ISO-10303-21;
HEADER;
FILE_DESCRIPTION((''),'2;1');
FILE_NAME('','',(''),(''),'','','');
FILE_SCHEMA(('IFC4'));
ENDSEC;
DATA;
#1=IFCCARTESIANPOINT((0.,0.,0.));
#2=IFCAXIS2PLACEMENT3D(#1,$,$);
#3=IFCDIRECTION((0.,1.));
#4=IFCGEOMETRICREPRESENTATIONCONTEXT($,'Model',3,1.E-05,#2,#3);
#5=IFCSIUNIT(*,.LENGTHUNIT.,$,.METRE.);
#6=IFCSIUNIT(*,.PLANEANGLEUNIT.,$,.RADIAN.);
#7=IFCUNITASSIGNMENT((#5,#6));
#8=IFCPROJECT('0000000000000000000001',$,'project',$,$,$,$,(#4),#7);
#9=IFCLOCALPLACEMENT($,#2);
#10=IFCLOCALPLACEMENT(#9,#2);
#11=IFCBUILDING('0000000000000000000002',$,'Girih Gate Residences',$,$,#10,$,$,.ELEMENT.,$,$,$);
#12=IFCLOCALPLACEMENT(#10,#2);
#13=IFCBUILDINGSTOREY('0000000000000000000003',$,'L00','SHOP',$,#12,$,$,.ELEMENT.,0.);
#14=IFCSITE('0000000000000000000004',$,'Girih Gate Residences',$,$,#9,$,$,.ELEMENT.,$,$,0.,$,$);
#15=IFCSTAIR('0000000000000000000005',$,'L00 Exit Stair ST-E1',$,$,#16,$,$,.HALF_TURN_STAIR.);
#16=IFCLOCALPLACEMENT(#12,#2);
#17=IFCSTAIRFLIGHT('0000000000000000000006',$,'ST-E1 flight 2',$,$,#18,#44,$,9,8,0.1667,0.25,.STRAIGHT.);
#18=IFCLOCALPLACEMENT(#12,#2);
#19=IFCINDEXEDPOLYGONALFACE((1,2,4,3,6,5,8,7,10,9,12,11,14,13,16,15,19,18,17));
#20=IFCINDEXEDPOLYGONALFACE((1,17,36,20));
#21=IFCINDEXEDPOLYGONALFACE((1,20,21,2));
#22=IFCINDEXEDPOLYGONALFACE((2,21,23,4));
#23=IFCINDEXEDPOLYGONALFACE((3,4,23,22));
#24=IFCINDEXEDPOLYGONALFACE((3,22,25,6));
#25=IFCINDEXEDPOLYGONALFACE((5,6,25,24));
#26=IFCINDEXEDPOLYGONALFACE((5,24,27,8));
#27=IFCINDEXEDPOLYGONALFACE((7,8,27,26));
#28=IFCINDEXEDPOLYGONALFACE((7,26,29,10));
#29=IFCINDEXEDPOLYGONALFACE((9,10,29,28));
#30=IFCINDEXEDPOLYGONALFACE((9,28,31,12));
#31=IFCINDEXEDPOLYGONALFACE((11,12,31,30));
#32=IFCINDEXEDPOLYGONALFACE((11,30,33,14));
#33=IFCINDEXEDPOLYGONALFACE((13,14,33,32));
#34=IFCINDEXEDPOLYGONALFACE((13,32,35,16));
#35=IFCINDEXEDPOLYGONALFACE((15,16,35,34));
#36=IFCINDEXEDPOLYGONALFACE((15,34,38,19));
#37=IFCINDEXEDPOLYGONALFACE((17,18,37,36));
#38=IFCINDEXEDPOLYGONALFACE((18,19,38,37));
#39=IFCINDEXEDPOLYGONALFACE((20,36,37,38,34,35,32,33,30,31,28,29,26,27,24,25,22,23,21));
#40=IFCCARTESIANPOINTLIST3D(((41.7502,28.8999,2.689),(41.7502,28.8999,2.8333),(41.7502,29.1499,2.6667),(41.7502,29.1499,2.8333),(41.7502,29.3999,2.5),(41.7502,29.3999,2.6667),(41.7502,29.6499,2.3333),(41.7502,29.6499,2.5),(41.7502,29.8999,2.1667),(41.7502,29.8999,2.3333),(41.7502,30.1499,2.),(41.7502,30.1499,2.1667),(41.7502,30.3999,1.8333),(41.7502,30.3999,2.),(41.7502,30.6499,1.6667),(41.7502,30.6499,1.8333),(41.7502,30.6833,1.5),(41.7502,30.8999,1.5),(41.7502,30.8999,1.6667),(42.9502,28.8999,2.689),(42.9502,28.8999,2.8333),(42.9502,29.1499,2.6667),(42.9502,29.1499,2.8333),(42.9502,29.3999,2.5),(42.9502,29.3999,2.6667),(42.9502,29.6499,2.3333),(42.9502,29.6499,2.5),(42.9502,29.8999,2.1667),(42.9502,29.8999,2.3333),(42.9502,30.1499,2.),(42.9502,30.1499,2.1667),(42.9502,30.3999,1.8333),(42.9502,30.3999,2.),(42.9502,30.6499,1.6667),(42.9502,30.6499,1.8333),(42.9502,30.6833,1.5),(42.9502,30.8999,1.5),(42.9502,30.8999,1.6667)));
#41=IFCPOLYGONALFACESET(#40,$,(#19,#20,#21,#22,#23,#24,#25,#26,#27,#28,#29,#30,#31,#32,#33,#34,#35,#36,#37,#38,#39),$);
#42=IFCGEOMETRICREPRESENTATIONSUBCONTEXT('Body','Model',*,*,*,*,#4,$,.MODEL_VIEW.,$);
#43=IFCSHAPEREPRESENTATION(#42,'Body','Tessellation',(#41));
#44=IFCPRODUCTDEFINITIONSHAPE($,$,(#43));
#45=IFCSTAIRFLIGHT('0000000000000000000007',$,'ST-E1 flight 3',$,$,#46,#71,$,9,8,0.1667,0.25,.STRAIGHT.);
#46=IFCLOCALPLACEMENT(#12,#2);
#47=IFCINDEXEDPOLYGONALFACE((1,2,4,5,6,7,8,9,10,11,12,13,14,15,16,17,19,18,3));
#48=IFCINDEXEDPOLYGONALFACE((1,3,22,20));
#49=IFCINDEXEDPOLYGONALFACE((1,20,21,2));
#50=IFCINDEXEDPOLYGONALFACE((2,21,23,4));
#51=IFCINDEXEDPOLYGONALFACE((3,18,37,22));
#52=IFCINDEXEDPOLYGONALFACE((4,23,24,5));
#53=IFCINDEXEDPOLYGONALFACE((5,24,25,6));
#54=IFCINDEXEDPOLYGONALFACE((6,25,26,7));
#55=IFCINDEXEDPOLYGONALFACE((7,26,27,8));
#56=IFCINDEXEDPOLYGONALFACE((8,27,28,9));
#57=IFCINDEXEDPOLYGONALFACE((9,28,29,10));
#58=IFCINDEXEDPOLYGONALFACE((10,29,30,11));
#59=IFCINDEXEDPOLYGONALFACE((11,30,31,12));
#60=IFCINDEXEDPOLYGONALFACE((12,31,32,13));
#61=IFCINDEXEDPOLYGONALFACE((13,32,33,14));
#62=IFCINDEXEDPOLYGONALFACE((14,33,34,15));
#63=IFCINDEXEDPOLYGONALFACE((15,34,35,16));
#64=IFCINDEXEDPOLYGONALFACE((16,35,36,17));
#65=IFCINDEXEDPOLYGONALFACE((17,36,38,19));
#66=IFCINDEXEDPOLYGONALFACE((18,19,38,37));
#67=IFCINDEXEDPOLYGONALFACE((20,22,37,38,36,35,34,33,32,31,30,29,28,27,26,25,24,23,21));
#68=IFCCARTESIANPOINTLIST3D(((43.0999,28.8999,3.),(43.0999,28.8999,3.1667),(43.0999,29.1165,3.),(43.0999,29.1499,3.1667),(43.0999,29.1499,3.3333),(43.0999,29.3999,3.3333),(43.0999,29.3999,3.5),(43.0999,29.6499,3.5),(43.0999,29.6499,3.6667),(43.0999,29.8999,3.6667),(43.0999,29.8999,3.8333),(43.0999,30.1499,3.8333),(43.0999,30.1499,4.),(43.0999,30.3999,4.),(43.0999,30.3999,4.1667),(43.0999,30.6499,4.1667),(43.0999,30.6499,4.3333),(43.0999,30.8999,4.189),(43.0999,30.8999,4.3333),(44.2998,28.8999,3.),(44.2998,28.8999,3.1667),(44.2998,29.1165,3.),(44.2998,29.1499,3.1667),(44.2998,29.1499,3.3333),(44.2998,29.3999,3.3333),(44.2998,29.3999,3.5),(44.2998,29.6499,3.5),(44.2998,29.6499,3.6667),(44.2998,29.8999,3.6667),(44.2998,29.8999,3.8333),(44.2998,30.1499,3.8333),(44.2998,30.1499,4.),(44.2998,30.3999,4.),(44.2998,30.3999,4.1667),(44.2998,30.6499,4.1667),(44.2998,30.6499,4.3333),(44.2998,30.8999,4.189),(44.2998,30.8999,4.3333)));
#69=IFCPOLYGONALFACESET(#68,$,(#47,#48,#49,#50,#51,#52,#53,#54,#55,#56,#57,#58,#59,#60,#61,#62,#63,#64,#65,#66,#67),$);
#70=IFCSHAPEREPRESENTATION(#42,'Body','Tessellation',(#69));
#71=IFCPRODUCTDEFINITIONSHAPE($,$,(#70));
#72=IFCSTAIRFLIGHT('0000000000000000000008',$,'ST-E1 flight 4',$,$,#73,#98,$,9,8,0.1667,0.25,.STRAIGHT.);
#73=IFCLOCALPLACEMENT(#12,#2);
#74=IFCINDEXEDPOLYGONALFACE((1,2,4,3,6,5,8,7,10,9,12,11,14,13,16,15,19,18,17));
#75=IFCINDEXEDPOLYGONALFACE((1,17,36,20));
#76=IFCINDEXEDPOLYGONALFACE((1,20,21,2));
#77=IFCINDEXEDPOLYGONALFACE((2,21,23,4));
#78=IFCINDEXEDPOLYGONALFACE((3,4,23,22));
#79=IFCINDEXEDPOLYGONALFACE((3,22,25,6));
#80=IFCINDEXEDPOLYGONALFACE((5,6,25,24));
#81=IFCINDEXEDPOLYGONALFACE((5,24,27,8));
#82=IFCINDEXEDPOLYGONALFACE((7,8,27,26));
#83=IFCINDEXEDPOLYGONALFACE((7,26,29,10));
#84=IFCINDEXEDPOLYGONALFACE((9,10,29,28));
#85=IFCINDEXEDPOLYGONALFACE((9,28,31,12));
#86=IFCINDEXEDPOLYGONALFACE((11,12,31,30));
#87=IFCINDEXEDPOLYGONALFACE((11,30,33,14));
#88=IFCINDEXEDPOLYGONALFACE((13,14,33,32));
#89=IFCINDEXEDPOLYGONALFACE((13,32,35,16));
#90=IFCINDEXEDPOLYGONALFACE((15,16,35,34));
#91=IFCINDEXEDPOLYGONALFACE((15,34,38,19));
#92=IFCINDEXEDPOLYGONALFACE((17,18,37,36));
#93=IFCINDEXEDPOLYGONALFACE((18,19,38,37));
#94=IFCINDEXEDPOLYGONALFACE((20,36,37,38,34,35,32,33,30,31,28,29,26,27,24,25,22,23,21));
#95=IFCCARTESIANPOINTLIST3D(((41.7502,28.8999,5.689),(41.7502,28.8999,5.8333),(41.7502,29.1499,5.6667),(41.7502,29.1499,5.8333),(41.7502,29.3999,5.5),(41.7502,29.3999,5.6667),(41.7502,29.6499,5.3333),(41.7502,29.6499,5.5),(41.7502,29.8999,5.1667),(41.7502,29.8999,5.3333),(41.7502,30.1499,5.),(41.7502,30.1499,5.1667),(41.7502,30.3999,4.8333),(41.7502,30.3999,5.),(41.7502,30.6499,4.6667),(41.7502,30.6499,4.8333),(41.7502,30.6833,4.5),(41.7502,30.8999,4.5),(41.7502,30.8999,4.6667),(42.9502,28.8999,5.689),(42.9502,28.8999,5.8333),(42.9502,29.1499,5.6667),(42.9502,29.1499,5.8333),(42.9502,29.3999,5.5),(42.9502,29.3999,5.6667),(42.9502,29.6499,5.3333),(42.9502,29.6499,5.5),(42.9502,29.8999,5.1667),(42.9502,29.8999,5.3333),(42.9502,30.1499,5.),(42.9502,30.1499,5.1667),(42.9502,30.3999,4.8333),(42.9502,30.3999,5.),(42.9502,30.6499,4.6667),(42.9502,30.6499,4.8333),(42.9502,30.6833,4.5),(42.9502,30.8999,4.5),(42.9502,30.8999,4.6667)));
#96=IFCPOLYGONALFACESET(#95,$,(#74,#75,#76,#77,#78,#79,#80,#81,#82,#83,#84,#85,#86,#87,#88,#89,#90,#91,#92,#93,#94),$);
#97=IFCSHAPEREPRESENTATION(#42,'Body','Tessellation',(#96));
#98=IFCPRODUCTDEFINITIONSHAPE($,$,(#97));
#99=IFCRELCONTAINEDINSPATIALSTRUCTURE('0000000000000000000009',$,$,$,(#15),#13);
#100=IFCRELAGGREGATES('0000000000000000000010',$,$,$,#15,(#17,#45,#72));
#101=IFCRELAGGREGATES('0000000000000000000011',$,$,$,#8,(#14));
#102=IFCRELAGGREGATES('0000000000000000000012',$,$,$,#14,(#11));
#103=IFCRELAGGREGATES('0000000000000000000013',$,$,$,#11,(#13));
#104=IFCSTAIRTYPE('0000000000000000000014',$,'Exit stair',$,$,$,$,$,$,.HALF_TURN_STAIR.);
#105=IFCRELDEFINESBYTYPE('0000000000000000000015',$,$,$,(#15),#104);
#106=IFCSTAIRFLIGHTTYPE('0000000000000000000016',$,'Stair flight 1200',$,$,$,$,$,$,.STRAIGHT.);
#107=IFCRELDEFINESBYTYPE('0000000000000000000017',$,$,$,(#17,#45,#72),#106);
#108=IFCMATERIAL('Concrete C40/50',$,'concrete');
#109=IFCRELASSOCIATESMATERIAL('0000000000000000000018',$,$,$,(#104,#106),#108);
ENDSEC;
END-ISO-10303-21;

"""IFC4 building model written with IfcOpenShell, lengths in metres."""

from ifc_helpers import new_model, si_unit, direction, frame, origin, place, context, subcontext, project, spatial, polyline, outline, extrude, material, type_object, element, aggregate, save


model = new_model("IFC4")

# Units and contexts
model_context = context("Model", 3, precision=1e-05, world=origin(), true_north=direction((0.0, 1.0)))
body_context = subcontext(model_context, "Body", "Model", "MODEL_VIEW")
ifc_project = project(units=[si_unit("LENGTHUNIT", "METRE"), si_unit("PLANEANGLEUNIT", "RADIAN")], contexts=[model_context])

# Site, building, storey
site_placement = place(None, origin())
site = spatial("IfcSite", under=ifc_project, at=site_placement, Name="Girih Gate Residences", CompositionType="ELEMENT", RefElevation=0.0)
building_placement = place(site_placement, origin())
building = spatial("IfcBuilding", under=site, at=building_placement, Name="Girih Gate Residences", CompositionType="ELEMENT")
storey_placement = place(building_placement, origin())
storey = spatial("IfcBuildingStorey", under=building, at=storey_placement, Name="L00", Description="SHOP", CompositionType="ELEMENT", Elevation=0.0)

# Shared definitions
ifc_material_1 = material(Name="Concrete C40/50", Category="concrete")

# Stair, stair flights
stair_type = type_object("IfcStairType", Name="Exit stair", PredefinedType="HALF_TURN_STAIR", material=ifc_material_1)
stair_placement = place(storey_placement, origin())
stair = element("IfcStair", 1, at=stair_placement, inside=storey, type_object=stair_type, Name="L00 Exit Stair ST-E1", PredefinedType="HALF_TURN_STAIR")
stair_flight_type = type_object("IfcStairFlightType", Name="Stair flight 1200", PredefinedType="STRAIGHT", material=ifc_material_1)
stair_flight_1_placement = place(storey_placement, frame((42.3501, 30.8999, 1.5), z_axis=(0.0, 0.0, 1.0), x_axis=(0.0, -1.0, 0.0)))
stair_flight_1 = element("IfcStairFlight", 2, at=stair_flight_1_placement, type_object=stair_flight_type, Name="ST-E1 flight 2", NumberOfRisers=9, NumberOfTreads=8, PredefinedType="STRAIGHT", RiserHeight=0.1667, TreadLength=0.25, context=body_context, shape_type="SweptSolid", body=[
    extrude(outline(polyline([(0.0, 0.0), (0.0, 0.1667), (0.25, 0.1667), (0.25, 0.3333), (0.5, 0.3333), (0.5, 0.5), (0.75, 0.5), (0.75, 0.6667), (1.0, 0.6667), (1.0, 0.8333), (1.25, 0.8333), (1.25, 1.0), (1.5, 1.0), (1.5, 1.1667), (1.75, 1.1667), (1.75, 1.3333), (2.0, 1.3333), (2.0, 1.5), (2.0, 1.189), (0.2166, 0.0), (0.0, 0.0)])), frame((0.0, 0.6001, 0.0), z_axis=(0.0, -1.0, 0.0), x_axis=(1.0, 0.0, 0.0)), (0.0, 0.0, 1.0), 1.2),
])
stair_flight_2_placement = place(storey_placement, frame((43.7, 28.8999, 3.0), z_axis=(0.0, 0.0, 1.0), x_axis=(0.0, 1.0, 0.0)))
stair_flight_2 = element("IfcStairFlight", 3, at=stair_flight_2_placement, type_object=stair_flight_type, Name="ST-E1 flight 3", NumberOfRisers=9, NumberOfTreads=8, PredefinedType="STRAIGHT", RiserHeight=0.1667, TreadLength=0.25, context=body_context, shape_type="SweptSolid", body=[
    extrude(outline(polyline([(0.0, 0.0), (0.0, 0.1667), (0.25, 0.1667), (0.25, 0.3333), (0.5, 0.3333), (0.5, 0.5), (0.75, 0.5), (0.75, 0.6667), (1.0, 0.6667), (1.0, 0.8333), (1.25, 0.8333), (1.25, 1.0), (1.5, 1.0), (1.5, 1.1667), (1.75, 1.1667), (1.75, 1.3333), (2.0, 1.3333), (2.0, 1.5), (2.0, 1.189), (0.2166, 0.0), (0.0, 0.0)])), frame((0.0, 0.6001, 0.0), z_axis=(0.0, -1.0, 0.0), x_axis=(1.0, 0.0, 0.0)), (0.0, 0.0, 1.0), 1.2),
])
stair_flight_3_placement = place(storey_placement, frame((42.3501, 30.8999, 4.5), z_axis=(0.0, 0.0, 1.0), x_axis=(0.0, -1.0, 0.0)))
stair_flight_3 = element("IfcStairFlight", 4, at=stair_flight_3_placement, type_object=stair_flight_type, Name="ST-E1 flight 4", NumberOfRisers=9, NumberOfTreads=8, PredefinedType="STRAIGHT", RiserHeight=0.1667, TreadLength=0.25, context=body_context, shape_type="SweptSolid", body=[
    extrude(outline(polyline([(0.0, 0.0), (0.0, 0.1667), (0.25, 0.1667), (0.25, 0.3333), (0.5, 0.3333), (0.5, 0.5), (0.75, 0.5), (0.75, 0.6667), (1.0, 0.6667), (1.0, 0.8333), (1.25, 0.8333), (1.25, 1.0), (1.5, 1.0), (1.5, 1.1667), (1.75, 1.1667), (1.75, 1.3333), (2.0, 1.3333), (2.0, 1.5), (2.0, 1.189), (0.2166, 0.0), (0.0, 0.0)])), frame((0.0, 0.6001, 0.0), z_axis=(0.0, -1.0, 0.0), x_axis=(1.0, 0.0, 0.0)), (0.0, 0.0, 1.0), 1.2),
])
aggregate(stair, [stair_flight_1, stair_flight_2, stair_flight_3])

save(model, "model.ifc")
